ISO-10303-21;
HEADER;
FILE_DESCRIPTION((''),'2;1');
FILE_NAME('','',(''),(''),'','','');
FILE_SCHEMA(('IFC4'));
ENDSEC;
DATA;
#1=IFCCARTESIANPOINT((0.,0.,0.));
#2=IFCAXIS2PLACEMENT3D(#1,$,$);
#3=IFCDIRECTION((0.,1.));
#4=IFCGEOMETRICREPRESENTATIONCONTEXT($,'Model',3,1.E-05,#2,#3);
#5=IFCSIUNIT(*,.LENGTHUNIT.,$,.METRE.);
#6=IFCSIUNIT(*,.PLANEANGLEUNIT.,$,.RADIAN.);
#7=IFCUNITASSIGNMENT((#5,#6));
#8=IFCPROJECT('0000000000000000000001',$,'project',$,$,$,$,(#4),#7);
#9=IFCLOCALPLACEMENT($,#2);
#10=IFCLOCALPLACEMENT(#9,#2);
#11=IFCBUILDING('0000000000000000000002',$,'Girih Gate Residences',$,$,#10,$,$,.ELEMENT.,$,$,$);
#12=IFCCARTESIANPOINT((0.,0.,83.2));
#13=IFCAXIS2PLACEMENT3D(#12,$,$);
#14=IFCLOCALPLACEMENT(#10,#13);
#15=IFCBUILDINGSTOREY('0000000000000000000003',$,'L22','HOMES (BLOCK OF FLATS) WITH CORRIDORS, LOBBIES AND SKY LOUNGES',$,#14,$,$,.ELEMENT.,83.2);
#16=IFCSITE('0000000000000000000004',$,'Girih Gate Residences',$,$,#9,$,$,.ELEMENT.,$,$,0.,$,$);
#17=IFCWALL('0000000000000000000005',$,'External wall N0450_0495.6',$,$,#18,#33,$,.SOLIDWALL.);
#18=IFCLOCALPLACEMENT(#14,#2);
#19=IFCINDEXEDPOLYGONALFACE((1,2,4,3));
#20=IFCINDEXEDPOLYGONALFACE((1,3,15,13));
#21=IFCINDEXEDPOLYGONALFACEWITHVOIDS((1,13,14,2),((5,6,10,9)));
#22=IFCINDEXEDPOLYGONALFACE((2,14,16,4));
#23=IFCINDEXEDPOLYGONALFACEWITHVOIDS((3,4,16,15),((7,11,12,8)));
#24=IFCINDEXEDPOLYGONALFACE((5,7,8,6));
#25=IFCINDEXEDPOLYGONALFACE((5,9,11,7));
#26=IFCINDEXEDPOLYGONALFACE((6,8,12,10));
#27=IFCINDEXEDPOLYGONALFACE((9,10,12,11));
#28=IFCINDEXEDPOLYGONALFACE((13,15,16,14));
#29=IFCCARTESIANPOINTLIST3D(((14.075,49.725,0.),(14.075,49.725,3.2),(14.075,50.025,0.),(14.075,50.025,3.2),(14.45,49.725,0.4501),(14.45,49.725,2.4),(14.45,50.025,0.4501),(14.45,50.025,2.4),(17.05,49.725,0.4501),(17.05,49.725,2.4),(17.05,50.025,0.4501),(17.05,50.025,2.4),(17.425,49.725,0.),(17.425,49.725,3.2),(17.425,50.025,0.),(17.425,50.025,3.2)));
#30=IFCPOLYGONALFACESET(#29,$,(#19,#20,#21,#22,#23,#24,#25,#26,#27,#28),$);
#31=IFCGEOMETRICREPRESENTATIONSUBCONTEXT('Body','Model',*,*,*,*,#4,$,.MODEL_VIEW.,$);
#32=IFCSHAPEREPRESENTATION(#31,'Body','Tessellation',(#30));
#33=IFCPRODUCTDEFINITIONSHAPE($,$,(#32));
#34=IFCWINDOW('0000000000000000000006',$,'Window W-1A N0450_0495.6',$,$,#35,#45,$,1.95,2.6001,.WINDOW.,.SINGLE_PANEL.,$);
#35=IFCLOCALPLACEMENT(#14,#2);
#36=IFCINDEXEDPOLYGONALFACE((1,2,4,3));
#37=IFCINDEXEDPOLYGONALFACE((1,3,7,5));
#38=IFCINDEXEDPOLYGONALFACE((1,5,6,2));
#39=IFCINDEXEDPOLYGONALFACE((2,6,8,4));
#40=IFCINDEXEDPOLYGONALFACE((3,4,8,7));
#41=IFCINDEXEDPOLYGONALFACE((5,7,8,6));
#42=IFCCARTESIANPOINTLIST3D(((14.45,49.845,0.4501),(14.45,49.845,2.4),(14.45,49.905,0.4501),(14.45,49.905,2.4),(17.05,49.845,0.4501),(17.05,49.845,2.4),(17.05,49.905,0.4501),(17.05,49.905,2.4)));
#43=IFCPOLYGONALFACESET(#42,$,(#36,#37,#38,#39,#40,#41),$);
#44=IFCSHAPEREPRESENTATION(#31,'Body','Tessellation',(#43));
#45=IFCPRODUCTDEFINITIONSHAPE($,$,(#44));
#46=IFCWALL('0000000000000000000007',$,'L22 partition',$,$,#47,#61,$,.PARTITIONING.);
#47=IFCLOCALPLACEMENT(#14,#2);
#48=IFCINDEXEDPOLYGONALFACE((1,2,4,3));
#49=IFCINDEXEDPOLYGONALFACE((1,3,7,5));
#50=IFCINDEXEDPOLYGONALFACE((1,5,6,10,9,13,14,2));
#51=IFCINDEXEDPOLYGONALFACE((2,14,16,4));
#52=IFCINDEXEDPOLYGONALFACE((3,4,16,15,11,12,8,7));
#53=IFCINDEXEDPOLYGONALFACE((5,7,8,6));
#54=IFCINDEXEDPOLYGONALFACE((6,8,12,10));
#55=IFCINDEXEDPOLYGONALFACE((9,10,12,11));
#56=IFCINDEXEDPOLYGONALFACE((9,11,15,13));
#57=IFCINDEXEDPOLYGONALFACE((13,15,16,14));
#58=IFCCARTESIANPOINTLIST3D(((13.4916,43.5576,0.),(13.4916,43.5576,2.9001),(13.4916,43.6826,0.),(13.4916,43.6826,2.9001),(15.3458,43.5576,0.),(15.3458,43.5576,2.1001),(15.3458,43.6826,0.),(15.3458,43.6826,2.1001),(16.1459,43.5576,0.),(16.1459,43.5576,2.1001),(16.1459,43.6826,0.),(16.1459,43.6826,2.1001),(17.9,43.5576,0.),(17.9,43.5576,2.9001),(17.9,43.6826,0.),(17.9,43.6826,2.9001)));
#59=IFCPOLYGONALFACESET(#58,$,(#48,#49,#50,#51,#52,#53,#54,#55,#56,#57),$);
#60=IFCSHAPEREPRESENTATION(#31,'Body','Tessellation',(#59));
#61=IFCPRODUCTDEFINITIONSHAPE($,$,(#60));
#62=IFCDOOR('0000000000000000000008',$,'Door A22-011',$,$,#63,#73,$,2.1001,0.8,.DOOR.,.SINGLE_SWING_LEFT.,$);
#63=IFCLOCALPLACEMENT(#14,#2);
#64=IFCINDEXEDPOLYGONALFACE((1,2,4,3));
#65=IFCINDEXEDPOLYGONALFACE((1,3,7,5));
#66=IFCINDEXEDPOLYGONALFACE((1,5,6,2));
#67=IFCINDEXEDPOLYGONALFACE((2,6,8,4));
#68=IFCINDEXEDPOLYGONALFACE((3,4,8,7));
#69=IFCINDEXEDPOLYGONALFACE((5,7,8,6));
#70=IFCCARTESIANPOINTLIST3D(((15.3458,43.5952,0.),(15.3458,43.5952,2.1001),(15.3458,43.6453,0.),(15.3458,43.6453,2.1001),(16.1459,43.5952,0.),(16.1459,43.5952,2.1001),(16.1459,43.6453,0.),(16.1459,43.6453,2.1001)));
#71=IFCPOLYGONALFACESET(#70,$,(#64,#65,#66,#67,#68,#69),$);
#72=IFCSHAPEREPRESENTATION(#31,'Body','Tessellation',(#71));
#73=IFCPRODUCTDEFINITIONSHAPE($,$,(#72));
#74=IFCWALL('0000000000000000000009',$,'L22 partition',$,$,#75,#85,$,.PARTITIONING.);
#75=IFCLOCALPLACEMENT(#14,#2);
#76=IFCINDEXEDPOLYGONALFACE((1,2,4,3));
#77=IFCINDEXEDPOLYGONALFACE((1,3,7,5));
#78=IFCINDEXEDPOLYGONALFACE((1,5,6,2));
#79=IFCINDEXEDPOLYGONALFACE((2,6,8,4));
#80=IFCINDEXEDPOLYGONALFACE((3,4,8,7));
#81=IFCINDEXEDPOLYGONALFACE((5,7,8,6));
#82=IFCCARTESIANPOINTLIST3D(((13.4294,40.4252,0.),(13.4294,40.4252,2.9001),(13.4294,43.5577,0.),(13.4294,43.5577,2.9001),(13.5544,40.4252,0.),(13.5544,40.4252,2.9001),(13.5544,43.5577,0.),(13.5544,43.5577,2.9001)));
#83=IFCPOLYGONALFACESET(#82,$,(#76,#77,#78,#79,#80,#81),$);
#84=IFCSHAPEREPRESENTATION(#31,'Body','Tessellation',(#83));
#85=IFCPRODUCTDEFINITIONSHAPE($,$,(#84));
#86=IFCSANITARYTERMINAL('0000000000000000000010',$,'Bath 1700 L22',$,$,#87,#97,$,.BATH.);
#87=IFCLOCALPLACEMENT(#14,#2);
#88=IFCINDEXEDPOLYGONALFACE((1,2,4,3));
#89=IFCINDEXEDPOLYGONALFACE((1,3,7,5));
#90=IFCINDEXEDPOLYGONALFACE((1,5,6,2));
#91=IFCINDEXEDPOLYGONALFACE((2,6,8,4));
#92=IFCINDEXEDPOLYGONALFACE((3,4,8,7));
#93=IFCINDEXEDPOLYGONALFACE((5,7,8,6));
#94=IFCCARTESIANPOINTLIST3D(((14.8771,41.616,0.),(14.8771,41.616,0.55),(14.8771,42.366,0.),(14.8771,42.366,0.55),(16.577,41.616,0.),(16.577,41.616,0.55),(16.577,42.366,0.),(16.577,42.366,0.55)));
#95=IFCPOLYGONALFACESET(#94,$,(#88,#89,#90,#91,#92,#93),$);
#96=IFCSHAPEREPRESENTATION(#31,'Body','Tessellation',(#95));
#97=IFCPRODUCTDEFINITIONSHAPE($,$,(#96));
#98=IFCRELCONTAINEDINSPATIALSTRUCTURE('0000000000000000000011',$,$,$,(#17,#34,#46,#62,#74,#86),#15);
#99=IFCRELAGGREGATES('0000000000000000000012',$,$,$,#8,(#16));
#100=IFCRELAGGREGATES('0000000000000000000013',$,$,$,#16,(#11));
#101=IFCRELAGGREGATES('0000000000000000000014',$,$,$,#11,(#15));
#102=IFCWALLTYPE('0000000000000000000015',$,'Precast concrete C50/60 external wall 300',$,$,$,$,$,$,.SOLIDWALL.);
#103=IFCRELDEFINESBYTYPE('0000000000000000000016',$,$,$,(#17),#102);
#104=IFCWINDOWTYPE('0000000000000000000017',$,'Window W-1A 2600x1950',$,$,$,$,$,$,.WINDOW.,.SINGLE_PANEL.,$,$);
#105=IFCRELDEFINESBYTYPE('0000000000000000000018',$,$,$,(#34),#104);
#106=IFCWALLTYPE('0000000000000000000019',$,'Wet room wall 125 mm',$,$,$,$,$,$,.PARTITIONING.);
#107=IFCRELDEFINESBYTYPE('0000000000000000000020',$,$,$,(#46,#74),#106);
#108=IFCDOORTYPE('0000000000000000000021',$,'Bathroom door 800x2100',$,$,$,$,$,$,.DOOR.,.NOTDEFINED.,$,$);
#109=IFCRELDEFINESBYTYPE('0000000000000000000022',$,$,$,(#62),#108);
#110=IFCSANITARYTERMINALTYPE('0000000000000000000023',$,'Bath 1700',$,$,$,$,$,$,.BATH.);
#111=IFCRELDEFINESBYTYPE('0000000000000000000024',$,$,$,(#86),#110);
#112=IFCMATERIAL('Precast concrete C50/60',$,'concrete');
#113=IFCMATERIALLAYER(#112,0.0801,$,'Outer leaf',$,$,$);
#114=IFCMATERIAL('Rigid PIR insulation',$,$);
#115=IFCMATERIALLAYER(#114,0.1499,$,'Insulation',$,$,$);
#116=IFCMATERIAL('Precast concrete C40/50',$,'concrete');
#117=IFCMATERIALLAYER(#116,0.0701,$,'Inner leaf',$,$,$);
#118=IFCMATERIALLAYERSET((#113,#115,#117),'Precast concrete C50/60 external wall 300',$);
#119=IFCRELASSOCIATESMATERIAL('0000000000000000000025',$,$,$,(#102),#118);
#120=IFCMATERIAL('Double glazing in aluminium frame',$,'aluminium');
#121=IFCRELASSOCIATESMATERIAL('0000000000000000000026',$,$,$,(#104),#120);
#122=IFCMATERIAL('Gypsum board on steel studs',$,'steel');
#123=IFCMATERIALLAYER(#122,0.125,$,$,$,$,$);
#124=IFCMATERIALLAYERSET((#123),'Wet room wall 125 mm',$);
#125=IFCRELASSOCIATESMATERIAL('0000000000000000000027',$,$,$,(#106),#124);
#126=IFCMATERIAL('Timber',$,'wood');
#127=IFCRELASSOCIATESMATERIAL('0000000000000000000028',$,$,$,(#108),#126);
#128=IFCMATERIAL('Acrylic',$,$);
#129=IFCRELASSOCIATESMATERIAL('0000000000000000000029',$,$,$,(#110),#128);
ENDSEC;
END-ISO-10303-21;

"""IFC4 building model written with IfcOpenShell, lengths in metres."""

from ifc_helpers import new_model, si_unit, direction, frame, frame_2d, origin, origin_2d, place, context, subcontext, project, spatial, rectangle, extrude, material, layer, layer_set, type_object, element, fill, save


model = new_model("IFC4")

# Units and contexts
model_context = context("Model", 3, precision=1e-05, world=origin(), true_north=direction((0.0, 1.0)))
body_context = subcontext(model_context, "Body", "Model", "MODEL_VIEW")
ifc_project = project(units=[si_unit("LENGTHUNIT", "METRE"), si_unit("PLANEANGLEUNIT", "RADIAN")], contexts=[model_context])

# Site, building, storey
site_placement = place(None, origin())
site = spatial("IfcSite", under=ifc_project, at=site_placement, Name="Girih Gate Residences", CompositionType="ELEMENT", RefElevation=0.0)
building_placement = place(site_placement, origin())
building = spatial("IfcBuilding", under=site, at=building_placement, Name="Girih Gate Residences", CompositionType="ELEMENT")
storey_placement = place(building_placement, frame((0.0, 0.0, 83.2)))
storey = spatial("IfcBuildingStorey", under=building, at=storey_placement, Name="L22", Description="HOMES (BLOCK OF FLATS) WITH CORRIDORS, LOBBIES AND SKY LOUNGES", CompositionType="ELEMENT", Elevation=83.2)

# Shared definitions
ifc_material_1 = material(Name="Gypsum board on steel studs", Category="steel")

# Shared definitions
ifc_material_2 = material(Name="Timber", Category="wood")

# Wall, opening, window
ifc_material_3 = material(Name="Precast concrete C50/60", Category="concrete")
ifc_layer_1 = layer(ifc_material_3, 0.0801, Name="Outer leaf")
ifc_material_4 = material(Name="Rigid PIR insulation")
ifc_layer_2 = layer(ifc_material_4, 0.1499, Name="Insulation")
ifc_material_5 = material(Name="Precast concrete C40/50", Category="concrete")
ifc_layer_3 = layer(ifc_material_5, 0.0701, Name="Inner leaf")
ifc_layer_set_1 = layer_set([ifc_layer_1, ifc_layer_2, ifc_layer_3], Name="Precast concrete C50/60 external wall 300")
wall_type_1 = type_object("IfcWallType", Name="Precast concrete C50/60 external wall 300", PredefinedType="SOLIDWALL", material=ifc_layer_set_1)
wall_1_placement = place(storey_placement, frame((14.075, 49.875, 0.0), z_axis=(0.0, 0.0, 1.0), x_axis=(1.0, 0.0, 0.0)))
wall_1 = element("IfcWall", 1, at=wall_1_placement, inside=storey, type_object=wall_type_1, Name="External wall N0450_0495.6", PredefinedType="SOLIDWALL", context=body_context, shape_type="SweptSolid", body=[
    extrude(rectangle(XDim=3.3501, YDim=0.3, at=frame_2d((1.675, 0.0))), origin(), (0.0, 0.0, 1.0), 3.2),
])
opening_1_placement = place(wall_1_placement, frame((0.375, 0.0, 0.45)))
opening_1 = element("IfcOpeningElement", 2, at=opening_1_placement, cuts=wall_1, PredefinedType="OPENING", context=body_context, shape_type="SweptSolid", body=[
    extrude(rectangle(XDim=2.6001, YDim=1.95, at=frame_2d((1.3, 0.9751))), frame((0.0, 0.1599, 0.0), z_axis=(0.0, -1.0, 0.0), x_axis=(1.0, 0.0, 0.0)), (0.0, 0.0, 1.0), 0.3201),
])
ifc_material_6 = material(Name="Double glazing in aluminium frame", Category="aluminium")
window_type = type_object("IfcWindowType", Name="Window W-1A 2600x1950", PartitioningType="SINGLE_PANEL", PredefinedType="WINDOW", material=ifc_material_6)
window_placement = place(opening_1_placement, origin())
window = element("IfcWindow", 3, at=window_placement, inside=storey, type_object=window_type, Name="Window W-1A N0450_0495.6", OverallHeight=1.95, OverallWidth=2.6001, PartitioningType="SINGLE_PANEL", PredefinedType="WINDOW", context=body_context, shape_type="SweptSolid", body=[
    extrude(rectangle(XDim=2.6001, YDim=1.95, at=frame_2d((1.3, 0.9751))), frame((0.0, 0.03, 0.0), z_axis=(0.0, -1.0, 0.0), x_axis=(1.0, 0.0, 0.0)), (0.0, 0.0, 1.0), 0.0601),
])
fill(opening_1, window)

# Wall, opening, door
ifc_layer_4 = layer(ifc_material_1, 0.125)
ifc_layer_set_2 = layer_set([ifc_layer_4], Name="Wet room wall 125 mm")
wall_type_2 = type_object("IfcWallType", Name="Wet room wall 125 mm", PredefinedType="PARTITIONING", material=ifc_layer_set_2)
wall_2_placement = place(storey_placement, frame((17.8999, 43.6201, 0.0), z_axis=(0.0, 0.0, 1.0), x_axis=(-1.0, 0.0, 0.0)))
wall_2 = element("IfcWall", 4, at=wall_2_placement, inside=storey, type_object=wall_type_2, Name="L22 partition", PredefinedType="PARTITIONING", context=body_context, shape_type="SweptSolid", body=[
    extrude(rectangle(XDim=4.4084, YDim=0.125, at=frame_2d((2.2041, 0.0))), origin(), (0.0, 0.0, 1.0), 2.9001),
])
opening_2_placement = place(wall_2_placement, frame((1.7542, 0.0, 0.0)))
opening_2 = element("IfcOpeningElement", 5, at=opening_2_placement, cuts=wall_2, PredefinedType="OPENING", context=body_context, shape_type="SweptSolid", body=[
    extrude(rectangle(XDim=0.8, YDim=2.1001, at=frame_2d((0.3999, 1.05))), frame((0.0, 0.0725, 0.0), z_axis=(0.0, -1.0, 0.0), x_axis=(1.0, 0.0, 0.0)), (0.0, 0.0, 1.0), 0.145),
])
door_type_1 = type_object("IfcDoorType", Name="Bathroom door 800x2100", OperationType="NOTDEFINED", PredefinedType="DOOR", material=ifc_material_2)
door_1_placement = place(opening_2_placement, origin())
door_1 = element("IfcDoor", 6, at=door_1_placement, inside=storey, type_object=door_type_1, Name="Door A22-011", OperationType="SINGLE_SWING_LEFT", OverallHeight=2.1001, OverallWidth=0.8, PredefinedType="DOOR", context=body_context, shape_type="SweptSolid", body=[
    extrude(rectangle(XDim=0.8, YDim=2.1001, at=frame_2d((0.3999, 1.05))), frame((0.0, 0.0249, 0.0), z_axis=(0.0, -1.0, 0.0), x_axis=(1.0, 0.0, 0.0)), (0.0, 0.0, 1.0), 0.05),
])
fill(opening_2, door_1)

# Wall
wall_3_placement = place(storey_placement, frame((13.4919, 40.425, 0.0), z_axis=(0.0, 0.0, 1.0), x_axis=(0.0, 1.0, 0.0)))
element("IfcWall", 7, at=wall_3_placement, inside=storey, type_object=wall_type_2, Name="L22 partition", PredefinedType="PARTITIONING", context=body_context, shape_type="SweptSolid", body=[
    extrude(rectangle(XDim=3.1326, YDim=0.125, at=frame_2d((1.5664, 0.0))), origin(), (0.0, 0.0, 1.0), 2.9001),
])

# Sanitary terminal
ifc_material_7 = material(Name="Acrylic")
sanitary_terminal_type = type_object("IfcSanitaryTerminalType", Name="Bath 1700", PredefinedType="BATH", material=ifc_material_7)
sanitary_terminal_placement = place(storey_placement, frame((15.7271, 41.991, 0.0), z_axis=(0.0, 0.0, 1.0), x_axis=(1.0, 0.0, 0.0)))
element("IfcSanitaryTerminal", 8, at=sanitary_terminal_placement, inside=storey, type_object=sanitary_terminal_type, Name="Bath 1700 L22", PredefinedType="BATH", context=body_context, shape_type="SweptSolid", body=[
    extrude(rectangle(XDim=1.7, YDim=0.75, at=origin_2d()), origin(), (0.0, 0.0, 1.0), 0.55),
])

save(model, "model.ifc")
